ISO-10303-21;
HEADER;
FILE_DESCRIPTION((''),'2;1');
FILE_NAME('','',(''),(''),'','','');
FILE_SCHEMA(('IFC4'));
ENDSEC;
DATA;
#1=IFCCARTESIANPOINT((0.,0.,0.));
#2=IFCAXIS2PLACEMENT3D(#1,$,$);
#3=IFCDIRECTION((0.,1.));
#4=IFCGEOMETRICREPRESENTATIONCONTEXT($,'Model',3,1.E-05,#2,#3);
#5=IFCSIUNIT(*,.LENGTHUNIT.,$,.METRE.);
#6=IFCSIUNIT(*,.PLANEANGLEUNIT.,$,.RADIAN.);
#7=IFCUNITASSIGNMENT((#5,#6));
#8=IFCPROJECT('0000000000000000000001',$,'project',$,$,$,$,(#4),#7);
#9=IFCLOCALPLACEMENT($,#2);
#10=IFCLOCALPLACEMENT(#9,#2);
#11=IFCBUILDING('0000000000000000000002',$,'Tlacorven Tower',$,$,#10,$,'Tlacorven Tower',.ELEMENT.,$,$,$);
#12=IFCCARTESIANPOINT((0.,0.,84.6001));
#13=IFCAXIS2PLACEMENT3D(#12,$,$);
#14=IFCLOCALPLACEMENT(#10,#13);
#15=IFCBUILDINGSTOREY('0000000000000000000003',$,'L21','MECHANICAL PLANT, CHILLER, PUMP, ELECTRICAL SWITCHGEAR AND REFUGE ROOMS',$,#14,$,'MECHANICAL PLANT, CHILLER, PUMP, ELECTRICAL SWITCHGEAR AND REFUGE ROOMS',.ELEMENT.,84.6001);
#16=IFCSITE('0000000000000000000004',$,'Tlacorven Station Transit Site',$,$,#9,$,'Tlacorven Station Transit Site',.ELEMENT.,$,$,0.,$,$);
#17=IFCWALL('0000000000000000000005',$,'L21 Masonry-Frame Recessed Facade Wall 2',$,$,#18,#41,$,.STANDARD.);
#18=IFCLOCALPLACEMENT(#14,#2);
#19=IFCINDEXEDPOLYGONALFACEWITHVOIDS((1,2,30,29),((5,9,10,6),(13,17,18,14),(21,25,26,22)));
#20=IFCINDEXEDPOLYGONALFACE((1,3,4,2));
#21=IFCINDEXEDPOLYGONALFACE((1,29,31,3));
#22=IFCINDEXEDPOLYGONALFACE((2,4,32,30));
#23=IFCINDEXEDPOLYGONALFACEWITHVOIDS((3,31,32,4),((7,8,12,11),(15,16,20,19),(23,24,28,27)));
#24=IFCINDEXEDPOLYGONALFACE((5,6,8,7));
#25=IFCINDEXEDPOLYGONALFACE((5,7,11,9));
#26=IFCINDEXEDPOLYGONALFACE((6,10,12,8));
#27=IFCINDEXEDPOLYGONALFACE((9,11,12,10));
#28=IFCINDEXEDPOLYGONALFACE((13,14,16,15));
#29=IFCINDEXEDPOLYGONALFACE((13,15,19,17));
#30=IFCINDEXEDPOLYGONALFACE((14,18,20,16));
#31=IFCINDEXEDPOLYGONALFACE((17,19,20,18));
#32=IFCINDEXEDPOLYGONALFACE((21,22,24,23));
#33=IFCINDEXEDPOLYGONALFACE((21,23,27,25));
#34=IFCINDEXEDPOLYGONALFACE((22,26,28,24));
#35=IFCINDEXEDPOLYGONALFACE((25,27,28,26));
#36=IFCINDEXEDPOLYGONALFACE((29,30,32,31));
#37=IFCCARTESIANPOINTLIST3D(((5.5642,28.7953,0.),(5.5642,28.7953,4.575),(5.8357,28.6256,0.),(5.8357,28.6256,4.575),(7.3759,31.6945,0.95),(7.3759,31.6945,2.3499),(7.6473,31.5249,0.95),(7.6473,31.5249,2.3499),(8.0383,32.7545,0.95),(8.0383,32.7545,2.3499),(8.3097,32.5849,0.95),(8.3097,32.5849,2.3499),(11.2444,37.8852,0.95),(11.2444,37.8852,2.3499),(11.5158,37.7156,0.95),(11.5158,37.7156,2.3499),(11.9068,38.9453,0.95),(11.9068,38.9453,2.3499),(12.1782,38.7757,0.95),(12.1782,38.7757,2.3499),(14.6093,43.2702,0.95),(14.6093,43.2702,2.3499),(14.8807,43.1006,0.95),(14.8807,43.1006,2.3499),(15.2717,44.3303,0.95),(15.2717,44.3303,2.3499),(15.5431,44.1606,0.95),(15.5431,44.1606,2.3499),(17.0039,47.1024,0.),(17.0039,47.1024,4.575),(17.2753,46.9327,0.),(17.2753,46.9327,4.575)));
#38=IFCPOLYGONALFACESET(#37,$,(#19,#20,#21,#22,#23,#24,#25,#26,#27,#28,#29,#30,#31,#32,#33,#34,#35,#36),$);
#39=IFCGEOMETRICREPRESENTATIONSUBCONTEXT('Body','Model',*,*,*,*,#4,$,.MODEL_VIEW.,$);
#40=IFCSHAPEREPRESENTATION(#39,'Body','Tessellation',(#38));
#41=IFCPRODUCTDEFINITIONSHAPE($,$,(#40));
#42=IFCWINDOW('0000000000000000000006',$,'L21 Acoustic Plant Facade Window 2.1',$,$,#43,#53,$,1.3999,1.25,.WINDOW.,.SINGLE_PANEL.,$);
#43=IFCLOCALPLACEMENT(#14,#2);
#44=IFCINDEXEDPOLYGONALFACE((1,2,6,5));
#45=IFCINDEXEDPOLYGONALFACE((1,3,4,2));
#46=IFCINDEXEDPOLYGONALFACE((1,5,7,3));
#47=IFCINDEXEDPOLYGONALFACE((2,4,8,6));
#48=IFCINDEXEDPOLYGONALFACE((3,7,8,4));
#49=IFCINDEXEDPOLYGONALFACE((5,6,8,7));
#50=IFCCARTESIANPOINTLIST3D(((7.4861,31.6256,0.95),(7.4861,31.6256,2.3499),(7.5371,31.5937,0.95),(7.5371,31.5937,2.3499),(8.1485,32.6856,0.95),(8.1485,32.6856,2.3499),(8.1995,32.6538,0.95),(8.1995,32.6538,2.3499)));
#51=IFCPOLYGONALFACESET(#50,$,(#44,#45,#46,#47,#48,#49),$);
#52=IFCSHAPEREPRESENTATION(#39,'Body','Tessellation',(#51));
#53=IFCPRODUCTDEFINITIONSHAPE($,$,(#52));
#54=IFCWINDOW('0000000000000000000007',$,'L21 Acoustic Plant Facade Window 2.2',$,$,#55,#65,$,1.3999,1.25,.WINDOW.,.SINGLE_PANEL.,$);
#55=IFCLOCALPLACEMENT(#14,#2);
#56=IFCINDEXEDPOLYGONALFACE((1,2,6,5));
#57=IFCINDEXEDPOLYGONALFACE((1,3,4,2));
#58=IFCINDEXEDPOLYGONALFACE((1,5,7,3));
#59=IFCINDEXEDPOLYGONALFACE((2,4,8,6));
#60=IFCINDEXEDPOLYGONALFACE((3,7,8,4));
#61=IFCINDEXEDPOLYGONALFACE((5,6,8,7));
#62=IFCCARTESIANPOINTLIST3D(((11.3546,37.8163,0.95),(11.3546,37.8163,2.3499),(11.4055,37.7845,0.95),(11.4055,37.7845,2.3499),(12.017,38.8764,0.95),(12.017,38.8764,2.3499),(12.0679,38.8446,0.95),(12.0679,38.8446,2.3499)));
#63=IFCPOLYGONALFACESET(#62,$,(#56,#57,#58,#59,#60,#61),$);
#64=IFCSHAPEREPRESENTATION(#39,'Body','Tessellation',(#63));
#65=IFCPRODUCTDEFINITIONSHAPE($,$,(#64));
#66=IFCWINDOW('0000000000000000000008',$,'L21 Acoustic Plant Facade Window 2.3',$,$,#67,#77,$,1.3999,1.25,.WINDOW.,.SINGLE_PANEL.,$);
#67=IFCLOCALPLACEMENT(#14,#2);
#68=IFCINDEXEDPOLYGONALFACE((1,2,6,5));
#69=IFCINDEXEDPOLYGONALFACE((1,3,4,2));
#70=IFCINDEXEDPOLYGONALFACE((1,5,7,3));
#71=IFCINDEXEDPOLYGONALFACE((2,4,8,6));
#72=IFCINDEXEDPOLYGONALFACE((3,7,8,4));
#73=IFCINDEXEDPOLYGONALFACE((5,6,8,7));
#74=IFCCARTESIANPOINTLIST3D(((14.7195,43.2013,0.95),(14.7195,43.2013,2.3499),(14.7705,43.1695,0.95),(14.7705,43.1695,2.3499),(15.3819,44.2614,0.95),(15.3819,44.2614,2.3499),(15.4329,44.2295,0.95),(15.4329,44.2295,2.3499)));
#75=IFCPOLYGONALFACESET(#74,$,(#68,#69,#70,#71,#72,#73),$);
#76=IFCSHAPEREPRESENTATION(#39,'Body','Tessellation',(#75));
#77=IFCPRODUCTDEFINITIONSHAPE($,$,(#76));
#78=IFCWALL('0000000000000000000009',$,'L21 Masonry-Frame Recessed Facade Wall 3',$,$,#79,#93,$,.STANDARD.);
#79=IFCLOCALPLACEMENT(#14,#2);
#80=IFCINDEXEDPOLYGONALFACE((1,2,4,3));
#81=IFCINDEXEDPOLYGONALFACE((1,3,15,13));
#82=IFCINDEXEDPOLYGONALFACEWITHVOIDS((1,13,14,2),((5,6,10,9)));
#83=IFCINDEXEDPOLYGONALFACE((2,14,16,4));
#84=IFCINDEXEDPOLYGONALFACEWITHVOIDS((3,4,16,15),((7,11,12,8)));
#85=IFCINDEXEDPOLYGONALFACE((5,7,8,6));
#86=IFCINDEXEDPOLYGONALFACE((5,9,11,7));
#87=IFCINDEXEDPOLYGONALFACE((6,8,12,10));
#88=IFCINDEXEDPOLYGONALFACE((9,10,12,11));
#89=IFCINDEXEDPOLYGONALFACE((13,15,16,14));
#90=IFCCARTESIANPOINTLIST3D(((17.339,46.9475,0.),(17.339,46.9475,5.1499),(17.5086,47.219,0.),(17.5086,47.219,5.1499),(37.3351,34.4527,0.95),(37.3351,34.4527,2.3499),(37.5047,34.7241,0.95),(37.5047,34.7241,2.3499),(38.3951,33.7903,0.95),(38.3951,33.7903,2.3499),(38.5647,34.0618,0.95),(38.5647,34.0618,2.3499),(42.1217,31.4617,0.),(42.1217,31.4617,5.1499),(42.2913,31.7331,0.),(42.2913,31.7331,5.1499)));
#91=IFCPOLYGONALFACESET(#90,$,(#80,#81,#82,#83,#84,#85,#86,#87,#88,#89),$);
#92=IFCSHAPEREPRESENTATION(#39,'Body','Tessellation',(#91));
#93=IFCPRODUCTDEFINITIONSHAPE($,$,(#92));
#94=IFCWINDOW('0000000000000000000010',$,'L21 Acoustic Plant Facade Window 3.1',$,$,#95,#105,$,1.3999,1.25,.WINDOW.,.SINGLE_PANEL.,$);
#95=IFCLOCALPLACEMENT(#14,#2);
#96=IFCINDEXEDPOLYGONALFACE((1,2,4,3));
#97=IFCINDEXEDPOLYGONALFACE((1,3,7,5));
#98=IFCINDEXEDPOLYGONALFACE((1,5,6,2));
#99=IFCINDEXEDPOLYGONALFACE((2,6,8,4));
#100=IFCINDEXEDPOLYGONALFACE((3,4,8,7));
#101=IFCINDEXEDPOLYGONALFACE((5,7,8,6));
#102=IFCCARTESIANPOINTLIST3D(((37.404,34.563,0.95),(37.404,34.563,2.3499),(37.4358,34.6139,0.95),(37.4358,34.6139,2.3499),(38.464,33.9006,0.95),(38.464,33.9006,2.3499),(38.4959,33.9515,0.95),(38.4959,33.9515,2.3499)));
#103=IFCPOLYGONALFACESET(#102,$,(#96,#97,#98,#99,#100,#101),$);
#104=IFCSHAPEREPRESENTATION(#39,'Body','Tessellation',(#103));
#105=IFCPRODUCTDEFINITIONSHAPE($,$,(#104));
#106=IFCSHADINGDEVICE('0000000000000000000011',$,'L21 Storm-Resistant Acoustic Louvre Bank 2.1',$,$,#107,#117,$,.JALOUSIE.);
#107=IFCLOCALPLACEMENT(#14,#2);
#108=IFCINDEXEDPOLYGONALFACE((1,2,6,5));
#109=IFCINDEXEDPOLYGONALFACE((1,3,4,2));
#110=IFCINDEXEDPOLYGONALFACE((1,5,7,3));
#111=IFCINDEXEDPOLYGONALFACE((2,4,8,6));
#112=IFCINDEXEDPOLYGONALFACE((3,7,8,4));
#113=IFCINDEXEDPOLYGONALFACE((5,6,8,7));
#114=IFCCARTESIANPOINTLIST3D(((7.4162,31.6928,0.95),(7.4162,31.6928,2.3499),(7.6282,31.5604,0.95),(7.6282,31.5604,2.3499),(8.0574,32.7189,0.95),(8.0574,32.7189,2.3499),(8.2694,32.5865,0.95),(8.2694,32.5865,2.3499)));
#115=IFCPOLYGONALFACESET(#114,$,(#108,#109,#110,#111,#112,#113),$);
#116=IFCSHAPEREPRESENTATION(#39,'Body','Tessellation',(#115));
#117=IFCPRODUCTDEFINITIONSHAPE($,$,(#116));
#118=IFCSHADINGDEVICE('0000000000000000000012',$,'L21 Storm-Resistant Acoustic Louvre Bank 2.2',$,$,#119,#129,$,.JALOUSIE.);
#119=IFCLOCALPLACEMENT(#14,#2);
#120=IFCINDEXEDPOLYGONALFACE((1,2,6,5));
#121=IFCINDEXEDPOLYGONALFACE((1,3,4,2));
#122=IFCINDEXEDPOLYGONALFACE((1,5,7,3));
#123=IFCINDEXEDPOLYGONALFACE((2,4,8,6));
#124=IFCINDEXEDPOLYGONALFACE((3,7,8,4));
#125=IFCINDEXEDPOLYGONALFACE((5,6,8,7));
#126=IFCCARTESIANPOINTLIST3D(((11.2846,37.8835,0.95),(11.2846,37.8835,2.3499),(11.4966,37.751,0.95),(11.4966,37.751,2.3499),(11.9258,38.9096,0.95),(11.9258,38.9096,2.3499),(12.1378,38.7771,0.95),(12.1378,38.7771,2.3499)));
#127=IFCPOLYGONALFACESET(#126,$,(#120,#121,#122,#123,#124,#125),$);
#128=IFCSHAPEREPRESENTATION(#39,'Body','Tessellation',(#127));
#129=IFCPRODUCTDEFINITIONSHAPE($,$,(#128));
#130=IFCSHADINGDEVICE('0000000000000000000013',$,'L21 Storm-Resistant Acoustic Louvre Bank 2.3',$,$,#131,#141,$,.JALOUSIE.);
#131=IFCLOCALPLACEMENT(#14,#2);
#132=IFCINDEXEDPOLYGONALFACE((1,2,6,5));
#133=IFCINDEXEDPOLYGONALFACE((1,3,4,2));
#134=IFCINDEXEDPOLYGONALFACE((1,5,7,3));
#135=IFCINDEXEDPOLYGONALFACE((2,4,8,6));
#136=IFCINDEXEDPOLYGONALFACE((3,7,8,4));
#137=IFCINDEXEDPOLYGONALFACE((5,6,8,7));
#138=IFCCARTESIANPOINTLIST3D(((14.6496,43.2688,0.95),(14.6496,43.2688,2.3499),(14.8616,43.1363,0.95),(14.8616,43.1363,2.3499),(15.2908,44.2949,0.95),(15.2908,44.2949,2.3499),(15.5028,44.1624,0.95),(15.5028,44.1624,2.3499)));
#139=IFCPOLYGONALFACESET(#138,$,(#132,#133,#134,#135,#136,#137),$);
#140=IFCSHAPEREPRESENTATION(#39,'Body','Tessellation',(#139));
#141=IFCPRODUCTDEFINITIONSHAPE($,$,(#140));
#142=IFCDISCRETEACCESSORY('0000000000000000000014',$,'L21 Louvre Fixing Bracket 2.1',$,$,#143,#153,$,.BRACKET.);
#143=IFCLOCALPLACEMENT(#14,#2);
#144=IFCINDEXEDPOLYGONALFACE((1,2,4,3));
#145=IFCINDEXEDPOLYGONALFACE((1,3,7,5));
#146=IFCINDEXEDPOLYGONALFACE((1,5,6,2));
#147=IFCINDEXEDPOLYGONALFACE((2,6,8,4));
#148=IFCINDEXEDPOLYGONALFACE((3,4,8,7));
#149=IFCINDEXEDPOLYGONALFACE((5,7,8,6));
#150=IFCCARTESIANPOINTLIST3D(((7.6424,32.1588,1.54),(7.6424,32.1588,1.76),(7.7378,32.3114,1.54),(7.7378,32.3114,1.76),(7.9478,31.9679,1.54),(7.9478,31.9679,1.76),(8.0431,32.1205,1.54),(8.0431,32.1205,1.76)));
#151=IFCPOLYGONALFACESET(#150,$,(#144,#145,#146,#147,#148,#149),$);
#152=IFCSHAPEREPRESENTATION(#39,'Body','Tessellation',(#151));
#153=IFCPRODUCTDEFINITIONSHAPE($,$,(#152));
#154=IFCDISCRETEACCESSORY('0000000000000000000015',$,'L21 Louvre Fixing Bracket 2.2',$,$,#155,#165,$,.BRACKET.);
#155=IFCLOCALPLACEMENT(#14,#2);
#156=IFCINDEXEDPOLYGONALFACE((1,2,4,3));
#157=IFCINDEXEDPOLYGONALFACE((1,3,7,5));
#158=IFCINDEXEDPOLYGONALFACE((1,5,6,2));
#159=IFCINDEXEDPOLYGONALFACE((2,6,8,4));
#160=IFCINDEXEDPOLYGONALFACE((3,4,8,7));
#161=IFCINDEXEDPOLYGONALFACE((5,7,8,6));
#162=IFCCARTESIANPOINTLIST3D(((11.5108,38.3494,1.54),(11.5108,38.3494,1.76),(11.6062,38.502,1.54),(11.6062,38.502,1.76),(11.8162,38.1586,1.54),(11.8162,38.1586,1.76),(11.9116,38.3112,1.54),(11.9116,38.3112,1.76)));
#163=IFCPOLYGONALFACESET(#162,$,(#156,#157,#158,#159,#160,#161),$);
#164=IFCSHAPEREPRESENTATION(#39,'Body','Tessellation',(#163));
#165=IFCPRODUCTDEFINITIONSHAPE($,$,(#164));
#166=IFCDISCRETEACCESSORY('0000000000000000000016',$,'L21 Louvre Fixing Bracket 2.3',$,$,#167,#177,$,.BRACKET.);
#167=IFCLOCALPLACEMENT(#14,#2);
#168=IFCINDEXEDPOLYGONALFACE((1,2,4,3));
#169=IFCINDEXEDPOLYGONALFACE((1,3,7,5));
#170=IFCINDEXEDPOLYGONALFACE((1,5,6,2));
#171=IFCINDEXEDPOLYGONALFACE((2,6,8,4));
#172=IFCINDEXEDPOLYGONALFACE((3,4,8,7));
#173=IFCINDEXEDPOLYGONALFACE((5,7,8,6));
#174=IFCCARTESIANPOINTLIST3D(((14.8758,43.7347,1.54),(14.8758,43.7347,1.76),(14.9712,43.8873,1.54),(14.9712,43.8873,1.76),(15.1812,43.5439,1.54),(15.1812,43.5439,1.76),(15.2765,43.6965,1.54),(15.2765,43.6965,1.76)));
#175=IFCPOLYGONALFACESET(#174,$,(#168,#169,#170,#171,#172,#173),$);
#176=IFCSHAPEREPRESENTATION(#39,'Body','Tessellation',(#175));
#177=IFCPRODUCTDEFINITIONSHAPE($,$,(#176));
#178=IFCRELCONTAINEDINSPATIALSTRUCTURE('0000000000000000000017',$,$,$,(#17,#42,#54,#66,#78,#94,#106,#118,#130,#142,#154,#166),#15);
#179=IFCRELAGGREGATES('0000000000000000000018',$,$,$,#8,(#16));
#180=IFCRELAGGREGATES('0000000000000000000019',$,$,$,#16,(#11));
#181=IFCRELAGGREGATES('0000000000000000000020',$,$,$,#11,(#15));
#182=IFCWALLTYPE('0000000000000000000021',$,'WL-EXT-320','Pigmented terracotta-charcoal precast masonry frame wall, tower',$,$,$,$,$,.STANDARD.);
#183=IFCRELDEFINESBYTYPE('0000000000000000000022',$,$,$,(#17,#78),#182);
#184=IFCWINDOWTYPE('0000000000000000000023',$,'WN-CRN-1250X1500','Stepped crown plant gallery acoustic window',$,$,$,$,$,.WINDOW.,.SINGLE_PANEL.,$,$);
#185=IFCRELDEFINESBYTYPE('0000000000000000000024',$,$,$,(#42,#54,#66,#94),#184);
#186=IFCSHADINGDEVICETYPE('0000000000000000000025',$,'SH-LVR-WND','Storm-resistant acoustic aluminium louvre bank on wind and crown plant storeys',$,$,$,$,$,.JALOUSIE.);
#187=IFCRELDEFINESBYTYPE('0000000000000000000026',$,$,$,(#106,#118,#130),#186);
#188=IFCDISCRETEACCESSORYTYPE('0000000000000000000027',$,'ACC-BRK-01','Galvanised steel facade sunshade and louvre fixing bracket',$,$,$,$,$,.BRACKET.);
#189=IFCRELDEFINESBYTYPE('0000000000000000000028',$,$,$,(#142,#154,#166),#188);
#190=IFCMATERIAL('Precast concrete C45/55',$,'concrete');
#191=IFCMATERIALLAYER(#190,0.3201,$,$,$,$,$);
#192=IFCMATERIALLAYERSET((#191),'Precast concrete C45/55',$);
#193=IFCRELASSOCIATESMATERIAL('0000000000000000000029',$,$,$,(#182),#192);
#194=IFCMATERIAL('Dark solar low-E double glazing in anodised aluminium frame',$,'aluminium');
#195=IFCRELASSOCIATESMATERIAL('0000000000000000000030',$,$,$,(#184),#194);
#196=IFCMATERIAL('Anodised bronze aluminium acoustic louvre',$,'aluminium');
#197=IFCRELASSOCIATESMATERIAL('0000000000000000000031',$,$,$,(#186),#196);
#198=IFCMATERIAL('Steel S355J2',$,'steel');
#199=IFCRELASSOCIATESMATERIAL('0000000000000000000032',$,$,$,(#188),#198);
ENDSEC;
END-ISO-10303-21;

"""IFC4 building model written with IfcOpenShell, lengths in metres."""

from ifc_helpers import new_model, si_unit, direction, frame, frame_2d, origin, origin_2d, place, context, subcontext, project, spatial, rectangle, extrude, source, transform, mapped, material, layer, layer_set, type_object, element, fill, save


model = new_model("IFC4")

# Units and contexts
model_context = context("Model", 3, precision=1e-05, world=origin(), true_north=direction((0.0, 1.0)))
body_context = subcontext(model_context, "Body", "Model", "MODEL_VIEW")
ifc_project = project(units=[si_unit("LENGTHUNIT", "METRE"), si_unit("PLANEANGLEUNIT", "RADIAN")], contexts=[model_context])

# Site, building, storey
site_placement = place(None, origin())
site = spatial("IfcSite", under=ifc_project, at=site_placement, Name="Tlacorven Station Transit Site", LongName="Tlacorven Station Transit Site", CompositionType="ELEMENT", RefElevation=0.0)
building_placement = place(site_placement, origin())
building = spatial("IfcBuilding", under=site, at=building_placement, Name="Tlacorven Tower", LongName="Tlacorven Tower", CompositionType="ELEMENT")
storey_placement = place(building_placement, frame((0.0, 0.0, 84.6001)))
storey = spatial("IfcBuildingStorey", under=building, at=storey_placement, Name="L21", Description="MECHANICAL PLANT, CHILLER, PUMP, ELECTRICAL SWITCHGEAR AND REFUGE ROOMS", LongName="MECHANICAL PLANT, CHILLER, PUMP, ELECTRICAL SWITCHGEAR AND REFUGE ROOMS", CompositionType="ELEMENT", Elevation=84.6001)

# Shared definitions
ifc_material_1 = material(Name="Steel S355J2", Category="steel")

# Wall, openings, windows
ifc_material_2 = material(Name="Precast concrete C45/55", Category="concrete")
ifc_layer_1 = layer(ifc_material_2, 0.3201)
ifc_layer_set_1 = layer_set([ifc_layer_1], Name="Precast concrete C45/55")
wall_type = type_object("IfcWallType", Name="WL-EXT-320", Description="Pigmented terracotta-charcoal precast masonry frame wall, tower", PredefinedType="STANDARD", material=ifc_layer_set_1)
wall_1_placement = place(storey_placement, frame((5.7, 28.7104, 0.0), z_axis=(0.0, 0.0, 1.0), x_axis=(0.529924, 0.848045, 0.0)))
wall_1 = element("IfcWall", 1, at=wall_1_placement, inside=storey, type_object=wall_type, Name="L21 Masonry-Frame Recessed Facade Wall 2", PredefinedType="STANDARD", context=body_context, shape_type="SweptSolid", body=[
    extrude(rectangle(XDim=21.5874, YDim=0.3201, at=frame_2d((10.7937, 0.0))), origin(), (0.0, 0.0, 1.0), 4.575),
])
opening_1_placement = place(wall_1_placement, frame((3.4187, 0.0, 0.95)))
opening_1 = element("IfcOpeningElement", 2, at=opening_1_placement, cuts=wall_1, PredefinedType="OPENING", context=body_context, shape_type="SweptSolid", body=[
    extrude(rectangle(XDim=1.25, YDim=1.3999, at=frame_2d((0.625, 0.7))), frame((0.0, 0.1699, 0.0), z_axis=(0.0, -1.0, 0.0), x_axis=(1.0, 0.0, 0.0)), (0.0, 0.0, 1.0), 0.3401),
])
opening_2_placement = place(wall_1_placement, frame((10.7188, 0.0, 0.95)))
opening_2 = element("IfcOpeningElement", 3, at=opening_2_placement, cuts=wall_1, PredefinedType="OPENING", context=body_context, shape_type="SweptSolid", body=[
    extrude(rectangle(XDim=1.25, YDim=1.3999, at=frame_2d((0.625, 0.7))), frame((0.0, 0.1699, 0.0), z_axis=(0.0, -1.0, 0.0), x_axis=(1.0, 0.0, 0.0)), (0.0, 0.0, 1.0), 0.3401),
])
opening_3_placement = place(wall_1_placement, frame((17.0686, 0.0, 0.95)))
opening_3 = element("IfcOpeningElement", 4, at=opening_3_placement, cuts=wall_1, PredefinedType="OPENING", context=body_context, shape_type="SweptSolid", body=[
    extrude(rectangle(XDim=1.25, YDim=1.3999, at=frame_2d((0.625, 0.7))), frame((0.0, 0.1699, 0.0), z_axis=(0.0, -1.0, 0.0), x_axis=(1.0, 0.0, 0.0)), (0.0, 0.0, 1.0), 0.3401),
])
ifc_material_3 = material(Name="Dark solar low-E double glazing in anodised aluminium frame", Category="aluminium")
window_type = type_object("IfcWindowType", Name="WN-CRN-1250X1500", Description="Stepped crown plant gallery acoustic window", PartitioningType="SINGLE_PANEL", PredefinedType="WINDOW", material=ifc_material_3)
shared_shape_1 = source(origin(), body_context, "Body", "SweptSolid", [
    extrude(rectangle(XDim=1.25, YDim=1.3999, at=frame_2d((0.625, 0.7))), frame((0.0, 0.03, 0.0), z_axis=(0.0, -1.0, 0.0), x_axis=(1.0, 0.0, 0.0)), (0.0, 0.0, 1.0), 0.0601),
])
window_1_placement = place(opening_1_placement, origin())
window_1 = element("IfcWindow", 5, at=window_1_placement, inside=storey, type_object=window_type, Name="L21 Acoustic Plant Facade Window 2.1", OverallHeight=1.3999, OverallWidth=1.25, PartitioningType="SINGLE_PANEL", PredefinedType="WINDOW", context=body_context, shape_type="MappedRepresentation", body=[
    mapped(shared_shape_1, transform((0.0, 0.0, 0.0), scale=1.0)),
])
fill(opening_1, window_1)
window_2_placement = place(opening_2_placement, origin())
window_2 = element("IfcWindow", 6, at=window_2_placement, inside=storey, type_object=window_type, Name="L21 Acoustic Plant Facade Window 2.2", OverallHeight=1.3999, OverallWidth=1.25, PartitioningType="SINGLE_PANEL", PredefinedType="WINDOW", context=body_context, shape_type="MappedRepresentation", body=[
    mapped(shared_shape_1, transform((0.0, 0.0, 0.0), scale=1.0)),
])
fill(opening_2, window_2)
window_3_placement = place(opening_3_placement, origin())
window_3 = element("IfcWindow", 7, at=window_3_placement, inside=storey, type_object=window_type, Name="L21 Acoustic Plant Facade Window 2.3", OverallHeight=1.3999, OverallWidth=1.25, PartitioningType="SINGLE_PANEL", PredefinedType="WINDOW", context=body_context, shape_type="MappedRepresentation", body=[
    mapped(shared_shape_1, transform((0.0, 0.0, 0.0), scale=1.0)),
])
fill(opening_3, window_3)

# Wall, opening, window
wall_2_placement = place(storey_placement, frame((17.4238, 47.0833, 0.0), z_axis=(0.0, 0.0, 1.0), x_axis=(0.84805, -0.529916, 0.0)))
wall_2 = element("IfcWall", 8, at=wall_2_placement, inside=storey, type_object=wall_type, Name="L21 Masonry-Frame Recessed Facade Wall 3", PredefinedType="STANDARD", context=body_context, shape_type="SweptSolid", body=[
    extrude(rectangle(XDim=29.2231, YDim=0.3201, at=frame_2d((14.6116, 0.0))), origin(), (0.0, 0.0, 1.0), 5.1499),
])
opening_4_placement = place(wall_2_placement, frame((23.5789, 0.0, 0.95)))
opening_4 = element("IfcOpeningElement", 9, at=opening_4_placement, cuts=wall_2, PredefinedType="OPENING", context=body_context, shape_type="SweptSolid", body=[
    extrude(rectangle(XDim=1.25, YDim=1.3999, at=frame_2d((0.625, 0.7))), frame((0.0, 0.1699, 0.0), z_axis=(0.0, -1.0, 0.0), x_axis=(1.0, 0.0, 0.0)), (0.0, 0.0, 1.0), 0.3401),
])
window_4_placement = place(opening_4_placement, origin())
window_4 = element("IfcWindow", 10, at=window_4_placement, inside=storey, type_object=window_type, Name="L21 Acoustic Plant Facade Window 3.1", OverallHeight=1.3999, OverallWidth=1.25, PartitioningType="SINGLE_PANEL", PredefinedType="WINDOW", context=body_context, shape_type="MappedRepresentation", body=[
    mapped(shared_shape_1, transform((0.0, 0.0, 0.0), scale=1.0)),
])
fill(opening_4, window_4)

# Shading devices
ifc_material_4 = material(Name="Anodised bronze aluminium acoustic louvre", Category="aluminium")
shading_device_type = type_object("IfcShadingDeviceType", Name="SH-LVR-WND", Description="Storm-resistant acoustic aluminium louvre bank on wind and crown plant storeys", PredefinedType="JALOUSIE", material=ifc_material_4)
shared_shape_2 = source(origin(), body_context, "Body", "SweptSolid", [
    extrude(rectangle(XDim=1.21, YDim=0.25, at=origin_2d()), origin(), (0.0, 0.0, 1.0), 1.3999),
])
for number, where, z_axis, x_axis, name in (
    (11, (7.8428, 32.1396, 0.95), (0.0, 0.0, 1.0), (0.529919, 0.848048, 0.0), "L21 Storm-Resistant Acoustic Louvre Bank 2.1"),
    (12, (11.7112, 38.3303, 0.95), (0.0, 0.0, 1.0), (0.529919, 0.848048, 0.0), "L21 Storm-Resistant Acoustic Louvre Bank 2.2"),
    (13, (15.0762, 43.7156, 0.95), (0.0, 0.0, 1.0), (0.529919, 0.848048, 0.0), "L21 Storm-Resistant Acoustic Louvre Bank 2.3"),
):
    element("IfcShadingDevice", number, at=place(storey_placement, frame(where, z_axis=z_axis, x_axis=x_axis)), inside=storey, type_object=shading_device_type, Name=name, PredefinedType="JALOUSIE", context=body_context, shape_type="MappedRepresentation", body=[
        mapped(shared_shape_2, transform((0.0, 0.0, 0.0), scale=1.0)),
    ])

# Discrete accessories
discrete_accessory_type = type_object("IfcDiscreteAccessoryType", Name="ACC-BRK-01", Description="Galvanised steel facade sunshade and louvre fixing bracket", PredefinedType="BRACKET", material=ifc_material_1)
shared_shape_3 = source(origin(), body_context, "Body", "SweptSolid", [
    extrude(rectangle(XDim=0.1799, YDim=0.3601, at=origin_2d()), origin(), (0.0, 0.0, 1.0), 0.22),
])
for number, where, z_axis, x_axis, name in (
    (14, (7.8428, 32.1396, 1.54), (0.0, 0.0, 1.0), (0.529919, 0.848048, 0.0), "L21 Louvre Fixing Bracket 2.1"),
    (15, (11.7112, 38.3303, 1.54), (0.0, 0.0, 1.0), (0.529919, 0.848048, 0.0), "L21 Louvre Fixing Bracket 2.2"),
    (16, (15.0762, 43.7156, 1.54), (0.0, 0.0, 1.0), (0.529919, 0.848048, 0.0), "L21 Louvre Fixing Bracket 2.3"),
):
    element("IfcDiscreteAccessory", number, at=place(storey_placement, frame(where, z_axis=z_axis, x_axis=x_axis)), inside=storey, type_object=discrete_accessory_type, Name=name, PredefinedType="BRACKET", context=body_context, shape_type="MappedRepresentation", body=[
        mapped(shared_shape_3, transform((0.0, 0.0, 0.0), scale=1.0)),
    ])

save(model, "model.ifc")
